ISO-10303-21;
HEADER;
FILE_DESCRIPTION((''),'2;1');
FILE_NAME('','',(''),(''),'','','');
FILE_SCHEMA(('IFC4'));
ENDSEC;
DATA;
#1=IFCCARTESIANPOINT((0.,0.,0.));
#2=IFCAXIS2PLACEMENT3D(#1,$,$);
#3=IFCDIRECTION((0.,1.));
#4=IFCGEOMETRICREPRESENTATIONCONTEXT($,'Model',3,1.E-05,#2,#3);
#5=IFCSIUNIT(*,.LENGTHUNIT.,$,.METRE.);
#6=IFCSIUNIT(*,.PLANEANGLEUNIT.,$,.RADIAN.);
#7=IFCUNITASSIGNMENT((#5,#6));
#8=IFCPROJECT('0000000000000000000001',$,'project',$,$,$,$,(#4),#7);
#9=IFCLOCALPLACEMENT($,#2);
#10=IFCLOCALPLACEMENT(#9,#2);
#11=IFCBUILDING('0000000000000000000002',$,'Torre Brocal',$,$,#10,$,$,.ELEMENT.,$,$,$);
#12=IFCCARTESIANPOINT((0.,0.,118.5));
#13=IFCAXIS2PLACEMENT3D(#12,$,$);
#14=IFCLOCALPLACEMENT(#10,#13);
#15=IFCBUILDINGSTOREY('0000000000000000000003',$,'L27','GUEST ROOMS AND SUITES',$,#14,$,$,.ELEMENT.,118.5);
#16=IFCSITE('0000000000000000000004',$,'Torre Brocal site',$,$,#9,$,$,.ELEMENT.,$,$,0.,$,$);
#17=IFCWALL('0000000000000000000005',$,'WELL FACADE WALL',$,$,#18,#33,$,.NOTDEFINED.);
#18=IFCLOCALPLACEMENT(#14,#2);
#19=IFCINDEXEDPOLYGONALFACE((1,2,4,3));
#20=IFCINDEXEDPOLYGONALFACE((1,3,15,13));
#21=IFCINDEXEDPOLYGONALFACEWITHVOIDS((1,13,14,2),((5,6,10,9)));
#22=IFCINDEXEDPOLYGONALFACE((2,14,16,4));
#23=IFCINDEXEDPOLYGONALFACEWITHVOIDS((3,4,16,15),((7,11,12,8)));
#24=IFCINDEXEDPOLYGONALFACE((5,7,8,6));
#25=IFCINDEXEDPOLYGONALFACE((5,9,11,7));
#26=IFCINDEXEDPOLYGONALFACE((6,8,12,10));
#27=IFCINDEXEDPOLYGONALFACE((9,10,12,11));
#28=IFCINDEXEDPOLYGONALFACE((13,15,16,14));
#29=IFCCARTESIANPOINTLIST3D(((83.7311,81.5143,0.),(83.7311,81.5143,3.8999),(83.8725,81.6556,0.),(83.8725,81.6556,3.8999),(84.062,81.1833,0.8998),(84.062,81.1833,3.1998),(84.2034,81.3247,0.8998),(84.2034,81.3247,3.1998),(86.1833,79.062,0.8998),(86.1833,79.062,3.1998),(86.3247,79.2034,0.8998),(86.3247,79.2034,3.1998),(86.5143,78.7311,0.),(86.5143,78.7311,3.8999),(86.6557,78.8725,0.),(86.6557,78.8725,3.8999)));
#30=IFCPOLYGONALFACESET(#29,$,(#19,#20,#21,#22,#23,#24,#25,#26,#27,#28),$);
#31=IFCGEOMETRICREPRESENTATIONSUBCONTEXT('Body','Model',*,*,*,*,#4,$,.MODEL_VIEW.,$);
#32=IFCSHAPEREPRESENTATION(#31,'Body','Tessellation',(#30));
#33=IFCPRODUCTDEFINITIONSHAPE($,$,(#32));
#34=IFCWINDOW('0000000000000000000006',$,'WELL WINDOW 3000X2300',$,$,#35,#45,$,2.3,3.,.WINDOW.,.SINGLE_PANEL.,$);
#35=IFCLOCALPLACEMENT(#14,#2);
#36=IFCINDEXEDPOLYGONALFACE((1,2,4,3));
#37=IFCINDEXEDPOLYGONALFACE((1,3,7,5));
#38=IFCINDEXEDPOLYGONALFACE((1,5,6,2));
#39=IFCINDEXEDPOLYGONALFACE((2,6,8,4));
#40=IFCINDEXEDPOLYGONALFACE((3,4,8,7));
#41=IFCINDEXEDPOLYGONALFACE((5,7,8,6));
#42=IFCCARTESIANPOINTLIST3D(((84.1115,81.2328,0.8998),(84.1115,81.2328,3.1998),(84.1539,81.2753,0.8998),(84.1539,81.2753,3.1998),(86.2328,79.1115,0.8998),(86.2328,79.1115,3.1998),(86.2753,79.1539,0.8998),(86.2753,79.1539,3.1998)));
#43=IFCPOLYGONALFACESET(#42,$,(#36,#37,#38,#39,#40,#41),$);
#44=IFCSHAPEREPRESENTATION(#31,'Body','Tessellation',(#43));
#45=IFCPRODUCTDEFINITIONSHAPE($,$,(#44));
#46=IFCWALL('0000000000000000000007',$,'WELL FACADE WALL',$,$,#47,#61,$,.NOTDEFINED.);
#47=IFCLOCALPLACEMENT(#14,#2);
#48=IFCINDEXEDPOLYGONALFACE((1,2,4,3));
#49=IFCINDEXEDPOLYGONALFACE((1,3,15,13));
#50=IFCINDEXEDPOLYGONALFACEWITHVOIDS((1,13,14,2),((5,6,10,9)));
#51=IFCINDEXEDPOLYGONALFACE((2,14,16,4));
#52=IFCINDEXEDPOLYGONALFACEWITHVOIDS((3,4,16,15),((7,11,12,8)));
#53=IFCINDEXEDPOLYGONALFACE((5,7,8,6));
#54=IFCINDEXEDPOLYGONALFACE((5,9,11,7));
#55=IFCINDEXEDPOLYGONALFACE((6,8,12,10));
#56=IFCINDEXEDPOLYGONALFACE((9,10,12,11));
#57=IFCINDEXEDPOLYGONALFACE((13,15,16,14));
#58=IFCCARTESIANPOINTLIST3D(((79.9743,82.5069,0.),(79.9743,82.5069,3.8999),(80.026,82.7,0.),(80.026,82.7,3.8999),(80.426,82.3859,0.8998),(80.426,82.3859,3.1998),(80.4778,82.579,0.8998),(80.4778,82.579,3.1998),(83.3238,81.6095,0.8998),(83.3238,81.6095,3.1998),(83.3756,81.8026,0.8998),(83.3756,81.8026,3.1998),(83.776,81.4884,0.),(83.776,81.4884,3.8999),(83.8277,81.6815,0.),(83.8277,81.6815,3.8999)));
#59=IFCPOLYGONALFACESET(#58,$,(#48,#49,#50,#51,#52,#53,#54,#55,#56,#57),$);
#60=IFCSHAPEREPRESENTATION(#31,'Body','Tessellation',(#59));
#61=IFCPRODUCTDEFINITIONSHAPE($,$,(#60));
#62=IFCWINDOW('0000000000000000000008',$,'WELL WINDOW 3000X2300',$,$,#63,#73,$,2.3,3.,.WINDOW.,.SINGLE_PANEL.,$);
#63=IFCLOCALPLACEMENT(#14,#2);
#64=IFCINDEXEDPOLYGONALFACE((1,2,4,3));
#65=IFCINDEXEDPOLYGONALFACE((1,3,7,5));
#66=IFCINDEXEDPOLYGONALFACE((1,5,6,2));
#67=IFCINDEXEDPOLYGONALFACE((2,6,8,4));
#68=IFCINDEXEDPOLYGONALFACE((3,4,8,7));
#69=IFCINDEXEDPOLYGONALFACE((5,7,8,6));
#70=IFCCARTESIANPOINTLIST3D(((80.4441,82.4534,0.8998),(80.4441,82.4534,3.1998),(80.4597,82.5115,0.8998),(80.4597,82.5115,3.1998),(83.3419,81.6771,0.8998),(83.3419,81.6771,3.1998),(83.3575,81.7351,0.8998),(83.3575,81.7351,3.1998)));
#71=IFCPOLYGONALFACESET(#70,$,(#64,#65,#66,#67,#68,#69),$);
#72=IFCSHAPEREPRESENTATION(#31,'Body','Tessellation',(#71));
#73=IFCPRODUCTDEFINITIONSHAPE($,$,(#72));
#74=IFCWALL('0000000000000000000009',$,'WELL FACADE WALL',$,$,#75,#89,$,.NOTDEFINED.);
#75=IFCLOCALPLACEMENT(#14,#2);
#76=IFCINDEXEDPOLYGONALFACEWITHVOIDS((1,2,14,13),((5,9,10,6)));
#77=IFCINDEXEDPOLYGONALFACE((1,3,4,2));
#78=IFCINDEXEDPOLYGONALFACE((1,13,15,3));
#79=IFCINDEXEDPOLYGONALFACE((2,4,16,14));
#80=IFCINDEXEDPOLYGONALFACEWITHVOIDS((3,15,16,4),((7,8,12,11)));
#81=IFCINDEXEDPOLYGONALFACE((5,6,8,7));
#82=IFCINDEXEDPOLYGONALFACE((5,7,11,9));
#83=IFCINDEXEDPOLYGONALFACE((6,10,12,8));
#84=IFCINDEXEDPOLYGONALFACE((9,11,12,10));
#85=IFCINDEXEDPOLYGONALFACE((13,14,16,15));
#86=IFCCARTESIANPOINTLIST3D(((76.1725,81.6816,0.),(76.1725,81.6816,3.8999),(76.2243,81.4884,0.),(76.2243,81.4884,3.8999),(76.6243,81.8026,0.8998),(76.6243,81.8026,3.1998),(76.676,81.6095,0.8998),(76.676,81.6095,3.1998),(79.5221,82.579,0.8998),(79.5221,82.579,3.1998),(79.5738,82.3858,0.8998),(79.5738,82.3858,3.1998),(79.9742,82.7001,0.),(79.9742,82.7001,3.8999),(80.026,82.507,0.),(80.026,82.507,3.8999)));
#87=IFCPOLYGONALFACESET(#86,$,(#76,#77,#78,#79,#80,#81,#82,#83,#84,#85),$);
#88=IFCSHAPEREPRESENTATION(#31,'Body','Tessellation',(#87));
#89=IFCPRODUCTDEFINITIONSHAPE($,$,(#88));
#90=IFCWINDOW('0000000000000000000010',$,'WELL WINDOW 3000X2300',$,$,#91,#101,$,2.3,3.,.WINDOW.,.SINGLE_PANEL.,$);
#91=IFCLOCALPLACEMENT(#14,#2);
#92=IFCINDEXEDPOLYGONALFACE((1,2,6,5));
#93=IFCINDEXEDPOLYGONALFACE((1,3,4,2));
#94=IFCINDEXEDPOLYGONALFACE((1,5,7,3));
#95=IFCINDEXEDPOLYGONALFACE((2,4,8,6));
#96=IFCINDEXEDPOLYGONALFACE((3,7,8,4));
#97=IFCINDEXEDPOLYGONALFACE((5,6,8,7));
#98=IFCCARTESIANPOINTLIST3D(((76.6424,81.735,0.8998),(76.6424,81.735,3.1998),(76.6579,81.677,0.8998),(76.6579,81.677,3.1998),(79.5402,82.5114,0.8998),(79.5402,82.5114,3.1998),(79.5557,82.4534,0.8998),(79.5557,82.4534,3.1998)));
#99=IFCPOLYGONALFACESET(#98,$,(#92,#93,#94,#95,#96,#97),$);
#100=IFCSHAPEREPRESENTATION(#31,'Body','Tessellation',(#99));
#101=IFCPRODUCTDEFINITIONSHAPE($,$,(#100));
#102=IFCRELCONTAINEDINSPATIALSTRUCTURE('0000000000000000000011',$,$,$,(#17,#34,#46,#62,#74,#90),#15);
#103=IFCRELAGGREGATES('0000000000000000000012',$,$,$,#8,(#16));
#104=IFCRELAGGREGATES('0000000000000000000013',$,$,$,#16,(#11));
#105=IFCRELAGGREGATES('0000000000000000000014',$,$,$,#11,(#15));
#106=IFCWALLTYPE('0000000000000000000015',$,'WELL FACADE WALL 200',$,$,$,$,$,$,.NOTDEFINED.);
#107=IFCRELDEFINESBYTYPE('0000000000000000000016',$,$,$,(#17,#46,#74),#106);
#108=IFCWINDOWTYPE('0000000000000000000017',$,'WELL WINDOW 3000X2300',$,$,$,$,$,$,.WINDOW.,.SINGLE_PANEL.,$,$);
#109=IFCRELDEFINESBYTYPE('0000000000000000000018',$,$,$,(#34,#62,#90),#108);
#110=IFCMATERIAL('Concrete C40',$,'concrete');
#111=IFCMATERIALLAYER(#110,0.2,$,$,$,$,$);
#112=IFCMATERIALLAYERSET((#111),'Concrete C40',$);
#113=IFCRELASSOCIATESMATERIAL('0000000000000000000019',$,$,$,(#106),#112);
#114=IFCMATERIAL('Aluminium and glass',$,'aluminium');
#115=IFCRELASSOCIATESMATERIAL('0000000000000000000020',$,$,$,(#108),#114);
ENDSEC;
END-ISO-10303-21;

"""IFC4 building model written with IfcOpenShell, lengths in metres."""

from ifc_helpers import new_model, si_unit, direction, frame, frame_2d, origin, place, context, subcontext, project, spatial, rectangle, extrude, material, layer, layer_set, type_object, element, fill, save


model = new_model("IFC4")

# Units and contexts
model_context = context("Model", 3, precision=1e-05, world=origin(), true_north=direction((0.0, 1.0)))
body_context = subcontext(model_context, "Body", "Model", "MODEL_VIEW")
ifc_project = project(units=[si_unit("LENGTHUNIT", "METRE"), si_unit("PLANEANGLEUNIT", "RADIAN")], contexts=[model_context])

# Site, building, storey
site_placement = place(None, origin())
site = spatial("IfcSite", under=ifc_project, at=site_placement, Name="Torre Brocal site", CompositionType="ELEMENT", RefElevation=0.0)
building_placement = place(site_placement, origin())
building = spatial("IfcBuilding", under=site, at=building_placement, Name="Torre Brocal", CompositionType="ELEMENT")
storey_placement = place(building_placement, frame((0.0, 0.0, 118.5)))
storey = spatial("IfcBuildingStorey", under=building, at=storey_placement, Name="L27", Description="GUEST ROOMS AND SUITES", CompositionType="ELEMENT", Elevation=118.5)

# Walls, openings, windows
ifc_material_1 = material(Name="Concrete C40", Category="concrete")
ifc_layer_1 = layer(ifc_material_1, 0.2)
ifc_layer_set_1 = layer_set([ifc_layer_1], Name="Concrete C40")
wall_type_1 = type_object("IfcWallType", Name="WELL FACADE WALL 200", PredefinedType="NOTDEFINED", material=ifc_layer_set_1)
ifc_material_2 = material(Name="Aluminium and glass", Category="aluminium")
window_type = type_object("IfcWindowType", Name="WELL WINDOW 3000X2300", PartitioningType="SINGLE_PANEL", PredefinedType="WINDOW", material=ifc_material_2)
wall_1_placement = place(storey_placement, frame((86.585, 78.8018, 0.0), z_axis=(0.0, 0.0, 1.0), x_axis=(-0.707107, 0.707107, 0.0)))
wall_1 = element("IfcWall", 1, at=wall_1_placement, inside=storey, type_object=wall_type_1, Name="WELL FACADE WALL", PredefinedType="NOTDEFINED", context=body_context, shape_type="SweptSolid", body=[
    extrude(rectangle(XDim=3.936, YDim=0.2, at=frame_2d((1.968, 0.0))), origin(), (0.0, 0.0, 1.0), 3.8999),
])
opening_1_placement = place(wall_1_placement, frame((0.468, 0.0, 0.8999)))
opening_1 = element("IfcOpeningElement", 2, at=opening_1_placement, cuts=wall_1, PredefinedType="OPENING", context=body_context, shape_type="SweptSolid", body=[
    extrude(rectangle(XDim=3.0, YDim=2.3, at=frame_2d((1.5, 1.1499))), frame((0.0, 0.1099, 0.0), z_axis=(0.0, -1.0, 0.0), x_axis=(1.0, 0.0, 0.0)), (0.0, 0.0, 1.0), 0.22),
])
window_1_placement = place(opening_1_placement, origin())
window_1 = element("IfcWindow", 3, at=window_1_placement, inside=storey, type_object=window_type, Name="WELL WINDOW 3000X2300", OverallHeight=2.3, OverallWidth=3.0, PartitioningType="SINGLE_PANEL", PredefinedType="WINDOW", context=body_context, shape_type="SweptSolid", body=[
    extrude(rectangle(XDim=3.0, YDim=2.3, at=frame_2d((1.5, 1.1499))), frame((0.0, 0.03, 0.0), z_axis=(0.0, -1.0, 0.0), x_axis=(1.0, 0.0, 0.0)), (0.0, 0.0, 1.0), 0.0601),
])
fill(opening_1, window_1)
wall_2_placement = place(storey_placement, frame((83.8018, 81.585, 0.0), z_axis=(0.0, 0.0, 1.0), x_axis=(-0.965934, 0.25879, 0.0)))
wall_2 = element("IfcWall", 4, at=wall_2_placement, inside=storey, type_object=wall_type_1, Name="WELL FACADE WALL", PredefinedType="NOTDEFINED", context=body_context, shape_type="SweptSolid", body=[
    extrude(rectangle(XDim=3.9358, YDim=0.2, at=frame_2d((1.9678, 0.0))), origin(), (0.0, 0.0, 1.0), 3.8999),
])
opening_2_placement = place(wall_2_placement, frame((0.468, 0.0, 0.8999)))
opening_2 = element("IfcOpeningElement", 5, at=opening_2_placement, cuts=wall_2, PredefinedType="OPENING", context=body_context, shape_type="SweptSolid", body=[
    extrude(rectangle(XDim=3.0, YDim=2.3, at=frame_2d((1.5, 1.1499))), frame((0.0, 0.1099, 0.0), z_axis=(0.0, -1.0, 0.0), x_axis=(1.0, 0.0, 0.0)), (0.0, 0.0, 1.0), 0.22),
])
window_2_placement = place(opening_2_placement, origin())
window_2 = element("IfcWindow", 6, at=window_2_placement, inside=storey, type_object=window_type, Name="WELL WINDOW 3000X2300", OverallHeight=2.3, OverallWidth=3.0, PartitioningType="SINGLE_PANEL", PredefinedType="WINDOW", context=body_context, shape_type="SweptSolid", body=[
    extrude(rectangle(XDim=3.0, YDim=2.3, at=frame_2d((1.5, 1.1499))), frame((0.0, 0.03, 0.0), z_axis=(0.0, -1.0, 0.0), x_axis=(1.0, 0.0, 0.0)), (0.0, 0.0, 1.0), 0.0601),
])
fill(opening_2, window_2)
wall_3_placement = place(storey_placement, frame((80.0, 82.6035, 0.0), z_axis=(0.0, 0.0, 1.0), x_axis=(-0.965934, -0.25879, 0.0)))
wall_3 = element("IfcWall", 7, at=wall_3_placement, inside=storey, type_object=wall_type_1, Name="WELL FACADE WALL", PredefinedType="NOTDEFINED", context=body_context, shape_type="SweptSolid", body=[
    extrude(rectangle(XDim=3.9358, YDim=0.2, at=frame_2d((1.9678, 0.0))), origin(), (0.0, 0.0, 1.0), 3.8999),
])
opening_3_placement = place(wall_3_placement, frame((0.468, 0.0, 0.8999)))
opening_3 = element("IfcOpeningElement", 8, at=opening_3_placement, cuts=wall_3, PredefinedType="OPENING", context=body_context, shape_type="SweptSolid", body=[
    extrude(rectangle(XDim=3.0, YDim=2.3, at=frame_2d((1.5, 1.1499))), frame((0.0, 0.1099, 0.0), z_axis=(0.0, -1.0, 0.0), x_axis=(1.0, 0.0, 0.0)), (0.0, 0.0, 1.0), 0.22),
])
window_3_placement = place(opening_3_placement, origin())
window_3 = element("IfcWindow", 9, at=window_3_placement, inside=storey, type_object=window_type, Name="WELL WINDOW 3000X2300", OverallHeight=2.3, OverallWidth=3.0, PartitioningType="SINGLE_PANEL", PredefinedType="WINDOW", context=body_context, shape_type="SweptSolid", body=[
    extrude(rectangle(XDim=3.0, YDim=2.3, at=frame_2d((1.5, 1.1499))), frame((0.0, 0.03, 0.0), z_axis=(0.0, -1.0, 0.0), x_axis=(1.0, 0.0, 0.0)), (0.0, 0.0, 1.0), 0.0601),
])
fill(opening_3, window_3)

save(model, "model.ifc")
